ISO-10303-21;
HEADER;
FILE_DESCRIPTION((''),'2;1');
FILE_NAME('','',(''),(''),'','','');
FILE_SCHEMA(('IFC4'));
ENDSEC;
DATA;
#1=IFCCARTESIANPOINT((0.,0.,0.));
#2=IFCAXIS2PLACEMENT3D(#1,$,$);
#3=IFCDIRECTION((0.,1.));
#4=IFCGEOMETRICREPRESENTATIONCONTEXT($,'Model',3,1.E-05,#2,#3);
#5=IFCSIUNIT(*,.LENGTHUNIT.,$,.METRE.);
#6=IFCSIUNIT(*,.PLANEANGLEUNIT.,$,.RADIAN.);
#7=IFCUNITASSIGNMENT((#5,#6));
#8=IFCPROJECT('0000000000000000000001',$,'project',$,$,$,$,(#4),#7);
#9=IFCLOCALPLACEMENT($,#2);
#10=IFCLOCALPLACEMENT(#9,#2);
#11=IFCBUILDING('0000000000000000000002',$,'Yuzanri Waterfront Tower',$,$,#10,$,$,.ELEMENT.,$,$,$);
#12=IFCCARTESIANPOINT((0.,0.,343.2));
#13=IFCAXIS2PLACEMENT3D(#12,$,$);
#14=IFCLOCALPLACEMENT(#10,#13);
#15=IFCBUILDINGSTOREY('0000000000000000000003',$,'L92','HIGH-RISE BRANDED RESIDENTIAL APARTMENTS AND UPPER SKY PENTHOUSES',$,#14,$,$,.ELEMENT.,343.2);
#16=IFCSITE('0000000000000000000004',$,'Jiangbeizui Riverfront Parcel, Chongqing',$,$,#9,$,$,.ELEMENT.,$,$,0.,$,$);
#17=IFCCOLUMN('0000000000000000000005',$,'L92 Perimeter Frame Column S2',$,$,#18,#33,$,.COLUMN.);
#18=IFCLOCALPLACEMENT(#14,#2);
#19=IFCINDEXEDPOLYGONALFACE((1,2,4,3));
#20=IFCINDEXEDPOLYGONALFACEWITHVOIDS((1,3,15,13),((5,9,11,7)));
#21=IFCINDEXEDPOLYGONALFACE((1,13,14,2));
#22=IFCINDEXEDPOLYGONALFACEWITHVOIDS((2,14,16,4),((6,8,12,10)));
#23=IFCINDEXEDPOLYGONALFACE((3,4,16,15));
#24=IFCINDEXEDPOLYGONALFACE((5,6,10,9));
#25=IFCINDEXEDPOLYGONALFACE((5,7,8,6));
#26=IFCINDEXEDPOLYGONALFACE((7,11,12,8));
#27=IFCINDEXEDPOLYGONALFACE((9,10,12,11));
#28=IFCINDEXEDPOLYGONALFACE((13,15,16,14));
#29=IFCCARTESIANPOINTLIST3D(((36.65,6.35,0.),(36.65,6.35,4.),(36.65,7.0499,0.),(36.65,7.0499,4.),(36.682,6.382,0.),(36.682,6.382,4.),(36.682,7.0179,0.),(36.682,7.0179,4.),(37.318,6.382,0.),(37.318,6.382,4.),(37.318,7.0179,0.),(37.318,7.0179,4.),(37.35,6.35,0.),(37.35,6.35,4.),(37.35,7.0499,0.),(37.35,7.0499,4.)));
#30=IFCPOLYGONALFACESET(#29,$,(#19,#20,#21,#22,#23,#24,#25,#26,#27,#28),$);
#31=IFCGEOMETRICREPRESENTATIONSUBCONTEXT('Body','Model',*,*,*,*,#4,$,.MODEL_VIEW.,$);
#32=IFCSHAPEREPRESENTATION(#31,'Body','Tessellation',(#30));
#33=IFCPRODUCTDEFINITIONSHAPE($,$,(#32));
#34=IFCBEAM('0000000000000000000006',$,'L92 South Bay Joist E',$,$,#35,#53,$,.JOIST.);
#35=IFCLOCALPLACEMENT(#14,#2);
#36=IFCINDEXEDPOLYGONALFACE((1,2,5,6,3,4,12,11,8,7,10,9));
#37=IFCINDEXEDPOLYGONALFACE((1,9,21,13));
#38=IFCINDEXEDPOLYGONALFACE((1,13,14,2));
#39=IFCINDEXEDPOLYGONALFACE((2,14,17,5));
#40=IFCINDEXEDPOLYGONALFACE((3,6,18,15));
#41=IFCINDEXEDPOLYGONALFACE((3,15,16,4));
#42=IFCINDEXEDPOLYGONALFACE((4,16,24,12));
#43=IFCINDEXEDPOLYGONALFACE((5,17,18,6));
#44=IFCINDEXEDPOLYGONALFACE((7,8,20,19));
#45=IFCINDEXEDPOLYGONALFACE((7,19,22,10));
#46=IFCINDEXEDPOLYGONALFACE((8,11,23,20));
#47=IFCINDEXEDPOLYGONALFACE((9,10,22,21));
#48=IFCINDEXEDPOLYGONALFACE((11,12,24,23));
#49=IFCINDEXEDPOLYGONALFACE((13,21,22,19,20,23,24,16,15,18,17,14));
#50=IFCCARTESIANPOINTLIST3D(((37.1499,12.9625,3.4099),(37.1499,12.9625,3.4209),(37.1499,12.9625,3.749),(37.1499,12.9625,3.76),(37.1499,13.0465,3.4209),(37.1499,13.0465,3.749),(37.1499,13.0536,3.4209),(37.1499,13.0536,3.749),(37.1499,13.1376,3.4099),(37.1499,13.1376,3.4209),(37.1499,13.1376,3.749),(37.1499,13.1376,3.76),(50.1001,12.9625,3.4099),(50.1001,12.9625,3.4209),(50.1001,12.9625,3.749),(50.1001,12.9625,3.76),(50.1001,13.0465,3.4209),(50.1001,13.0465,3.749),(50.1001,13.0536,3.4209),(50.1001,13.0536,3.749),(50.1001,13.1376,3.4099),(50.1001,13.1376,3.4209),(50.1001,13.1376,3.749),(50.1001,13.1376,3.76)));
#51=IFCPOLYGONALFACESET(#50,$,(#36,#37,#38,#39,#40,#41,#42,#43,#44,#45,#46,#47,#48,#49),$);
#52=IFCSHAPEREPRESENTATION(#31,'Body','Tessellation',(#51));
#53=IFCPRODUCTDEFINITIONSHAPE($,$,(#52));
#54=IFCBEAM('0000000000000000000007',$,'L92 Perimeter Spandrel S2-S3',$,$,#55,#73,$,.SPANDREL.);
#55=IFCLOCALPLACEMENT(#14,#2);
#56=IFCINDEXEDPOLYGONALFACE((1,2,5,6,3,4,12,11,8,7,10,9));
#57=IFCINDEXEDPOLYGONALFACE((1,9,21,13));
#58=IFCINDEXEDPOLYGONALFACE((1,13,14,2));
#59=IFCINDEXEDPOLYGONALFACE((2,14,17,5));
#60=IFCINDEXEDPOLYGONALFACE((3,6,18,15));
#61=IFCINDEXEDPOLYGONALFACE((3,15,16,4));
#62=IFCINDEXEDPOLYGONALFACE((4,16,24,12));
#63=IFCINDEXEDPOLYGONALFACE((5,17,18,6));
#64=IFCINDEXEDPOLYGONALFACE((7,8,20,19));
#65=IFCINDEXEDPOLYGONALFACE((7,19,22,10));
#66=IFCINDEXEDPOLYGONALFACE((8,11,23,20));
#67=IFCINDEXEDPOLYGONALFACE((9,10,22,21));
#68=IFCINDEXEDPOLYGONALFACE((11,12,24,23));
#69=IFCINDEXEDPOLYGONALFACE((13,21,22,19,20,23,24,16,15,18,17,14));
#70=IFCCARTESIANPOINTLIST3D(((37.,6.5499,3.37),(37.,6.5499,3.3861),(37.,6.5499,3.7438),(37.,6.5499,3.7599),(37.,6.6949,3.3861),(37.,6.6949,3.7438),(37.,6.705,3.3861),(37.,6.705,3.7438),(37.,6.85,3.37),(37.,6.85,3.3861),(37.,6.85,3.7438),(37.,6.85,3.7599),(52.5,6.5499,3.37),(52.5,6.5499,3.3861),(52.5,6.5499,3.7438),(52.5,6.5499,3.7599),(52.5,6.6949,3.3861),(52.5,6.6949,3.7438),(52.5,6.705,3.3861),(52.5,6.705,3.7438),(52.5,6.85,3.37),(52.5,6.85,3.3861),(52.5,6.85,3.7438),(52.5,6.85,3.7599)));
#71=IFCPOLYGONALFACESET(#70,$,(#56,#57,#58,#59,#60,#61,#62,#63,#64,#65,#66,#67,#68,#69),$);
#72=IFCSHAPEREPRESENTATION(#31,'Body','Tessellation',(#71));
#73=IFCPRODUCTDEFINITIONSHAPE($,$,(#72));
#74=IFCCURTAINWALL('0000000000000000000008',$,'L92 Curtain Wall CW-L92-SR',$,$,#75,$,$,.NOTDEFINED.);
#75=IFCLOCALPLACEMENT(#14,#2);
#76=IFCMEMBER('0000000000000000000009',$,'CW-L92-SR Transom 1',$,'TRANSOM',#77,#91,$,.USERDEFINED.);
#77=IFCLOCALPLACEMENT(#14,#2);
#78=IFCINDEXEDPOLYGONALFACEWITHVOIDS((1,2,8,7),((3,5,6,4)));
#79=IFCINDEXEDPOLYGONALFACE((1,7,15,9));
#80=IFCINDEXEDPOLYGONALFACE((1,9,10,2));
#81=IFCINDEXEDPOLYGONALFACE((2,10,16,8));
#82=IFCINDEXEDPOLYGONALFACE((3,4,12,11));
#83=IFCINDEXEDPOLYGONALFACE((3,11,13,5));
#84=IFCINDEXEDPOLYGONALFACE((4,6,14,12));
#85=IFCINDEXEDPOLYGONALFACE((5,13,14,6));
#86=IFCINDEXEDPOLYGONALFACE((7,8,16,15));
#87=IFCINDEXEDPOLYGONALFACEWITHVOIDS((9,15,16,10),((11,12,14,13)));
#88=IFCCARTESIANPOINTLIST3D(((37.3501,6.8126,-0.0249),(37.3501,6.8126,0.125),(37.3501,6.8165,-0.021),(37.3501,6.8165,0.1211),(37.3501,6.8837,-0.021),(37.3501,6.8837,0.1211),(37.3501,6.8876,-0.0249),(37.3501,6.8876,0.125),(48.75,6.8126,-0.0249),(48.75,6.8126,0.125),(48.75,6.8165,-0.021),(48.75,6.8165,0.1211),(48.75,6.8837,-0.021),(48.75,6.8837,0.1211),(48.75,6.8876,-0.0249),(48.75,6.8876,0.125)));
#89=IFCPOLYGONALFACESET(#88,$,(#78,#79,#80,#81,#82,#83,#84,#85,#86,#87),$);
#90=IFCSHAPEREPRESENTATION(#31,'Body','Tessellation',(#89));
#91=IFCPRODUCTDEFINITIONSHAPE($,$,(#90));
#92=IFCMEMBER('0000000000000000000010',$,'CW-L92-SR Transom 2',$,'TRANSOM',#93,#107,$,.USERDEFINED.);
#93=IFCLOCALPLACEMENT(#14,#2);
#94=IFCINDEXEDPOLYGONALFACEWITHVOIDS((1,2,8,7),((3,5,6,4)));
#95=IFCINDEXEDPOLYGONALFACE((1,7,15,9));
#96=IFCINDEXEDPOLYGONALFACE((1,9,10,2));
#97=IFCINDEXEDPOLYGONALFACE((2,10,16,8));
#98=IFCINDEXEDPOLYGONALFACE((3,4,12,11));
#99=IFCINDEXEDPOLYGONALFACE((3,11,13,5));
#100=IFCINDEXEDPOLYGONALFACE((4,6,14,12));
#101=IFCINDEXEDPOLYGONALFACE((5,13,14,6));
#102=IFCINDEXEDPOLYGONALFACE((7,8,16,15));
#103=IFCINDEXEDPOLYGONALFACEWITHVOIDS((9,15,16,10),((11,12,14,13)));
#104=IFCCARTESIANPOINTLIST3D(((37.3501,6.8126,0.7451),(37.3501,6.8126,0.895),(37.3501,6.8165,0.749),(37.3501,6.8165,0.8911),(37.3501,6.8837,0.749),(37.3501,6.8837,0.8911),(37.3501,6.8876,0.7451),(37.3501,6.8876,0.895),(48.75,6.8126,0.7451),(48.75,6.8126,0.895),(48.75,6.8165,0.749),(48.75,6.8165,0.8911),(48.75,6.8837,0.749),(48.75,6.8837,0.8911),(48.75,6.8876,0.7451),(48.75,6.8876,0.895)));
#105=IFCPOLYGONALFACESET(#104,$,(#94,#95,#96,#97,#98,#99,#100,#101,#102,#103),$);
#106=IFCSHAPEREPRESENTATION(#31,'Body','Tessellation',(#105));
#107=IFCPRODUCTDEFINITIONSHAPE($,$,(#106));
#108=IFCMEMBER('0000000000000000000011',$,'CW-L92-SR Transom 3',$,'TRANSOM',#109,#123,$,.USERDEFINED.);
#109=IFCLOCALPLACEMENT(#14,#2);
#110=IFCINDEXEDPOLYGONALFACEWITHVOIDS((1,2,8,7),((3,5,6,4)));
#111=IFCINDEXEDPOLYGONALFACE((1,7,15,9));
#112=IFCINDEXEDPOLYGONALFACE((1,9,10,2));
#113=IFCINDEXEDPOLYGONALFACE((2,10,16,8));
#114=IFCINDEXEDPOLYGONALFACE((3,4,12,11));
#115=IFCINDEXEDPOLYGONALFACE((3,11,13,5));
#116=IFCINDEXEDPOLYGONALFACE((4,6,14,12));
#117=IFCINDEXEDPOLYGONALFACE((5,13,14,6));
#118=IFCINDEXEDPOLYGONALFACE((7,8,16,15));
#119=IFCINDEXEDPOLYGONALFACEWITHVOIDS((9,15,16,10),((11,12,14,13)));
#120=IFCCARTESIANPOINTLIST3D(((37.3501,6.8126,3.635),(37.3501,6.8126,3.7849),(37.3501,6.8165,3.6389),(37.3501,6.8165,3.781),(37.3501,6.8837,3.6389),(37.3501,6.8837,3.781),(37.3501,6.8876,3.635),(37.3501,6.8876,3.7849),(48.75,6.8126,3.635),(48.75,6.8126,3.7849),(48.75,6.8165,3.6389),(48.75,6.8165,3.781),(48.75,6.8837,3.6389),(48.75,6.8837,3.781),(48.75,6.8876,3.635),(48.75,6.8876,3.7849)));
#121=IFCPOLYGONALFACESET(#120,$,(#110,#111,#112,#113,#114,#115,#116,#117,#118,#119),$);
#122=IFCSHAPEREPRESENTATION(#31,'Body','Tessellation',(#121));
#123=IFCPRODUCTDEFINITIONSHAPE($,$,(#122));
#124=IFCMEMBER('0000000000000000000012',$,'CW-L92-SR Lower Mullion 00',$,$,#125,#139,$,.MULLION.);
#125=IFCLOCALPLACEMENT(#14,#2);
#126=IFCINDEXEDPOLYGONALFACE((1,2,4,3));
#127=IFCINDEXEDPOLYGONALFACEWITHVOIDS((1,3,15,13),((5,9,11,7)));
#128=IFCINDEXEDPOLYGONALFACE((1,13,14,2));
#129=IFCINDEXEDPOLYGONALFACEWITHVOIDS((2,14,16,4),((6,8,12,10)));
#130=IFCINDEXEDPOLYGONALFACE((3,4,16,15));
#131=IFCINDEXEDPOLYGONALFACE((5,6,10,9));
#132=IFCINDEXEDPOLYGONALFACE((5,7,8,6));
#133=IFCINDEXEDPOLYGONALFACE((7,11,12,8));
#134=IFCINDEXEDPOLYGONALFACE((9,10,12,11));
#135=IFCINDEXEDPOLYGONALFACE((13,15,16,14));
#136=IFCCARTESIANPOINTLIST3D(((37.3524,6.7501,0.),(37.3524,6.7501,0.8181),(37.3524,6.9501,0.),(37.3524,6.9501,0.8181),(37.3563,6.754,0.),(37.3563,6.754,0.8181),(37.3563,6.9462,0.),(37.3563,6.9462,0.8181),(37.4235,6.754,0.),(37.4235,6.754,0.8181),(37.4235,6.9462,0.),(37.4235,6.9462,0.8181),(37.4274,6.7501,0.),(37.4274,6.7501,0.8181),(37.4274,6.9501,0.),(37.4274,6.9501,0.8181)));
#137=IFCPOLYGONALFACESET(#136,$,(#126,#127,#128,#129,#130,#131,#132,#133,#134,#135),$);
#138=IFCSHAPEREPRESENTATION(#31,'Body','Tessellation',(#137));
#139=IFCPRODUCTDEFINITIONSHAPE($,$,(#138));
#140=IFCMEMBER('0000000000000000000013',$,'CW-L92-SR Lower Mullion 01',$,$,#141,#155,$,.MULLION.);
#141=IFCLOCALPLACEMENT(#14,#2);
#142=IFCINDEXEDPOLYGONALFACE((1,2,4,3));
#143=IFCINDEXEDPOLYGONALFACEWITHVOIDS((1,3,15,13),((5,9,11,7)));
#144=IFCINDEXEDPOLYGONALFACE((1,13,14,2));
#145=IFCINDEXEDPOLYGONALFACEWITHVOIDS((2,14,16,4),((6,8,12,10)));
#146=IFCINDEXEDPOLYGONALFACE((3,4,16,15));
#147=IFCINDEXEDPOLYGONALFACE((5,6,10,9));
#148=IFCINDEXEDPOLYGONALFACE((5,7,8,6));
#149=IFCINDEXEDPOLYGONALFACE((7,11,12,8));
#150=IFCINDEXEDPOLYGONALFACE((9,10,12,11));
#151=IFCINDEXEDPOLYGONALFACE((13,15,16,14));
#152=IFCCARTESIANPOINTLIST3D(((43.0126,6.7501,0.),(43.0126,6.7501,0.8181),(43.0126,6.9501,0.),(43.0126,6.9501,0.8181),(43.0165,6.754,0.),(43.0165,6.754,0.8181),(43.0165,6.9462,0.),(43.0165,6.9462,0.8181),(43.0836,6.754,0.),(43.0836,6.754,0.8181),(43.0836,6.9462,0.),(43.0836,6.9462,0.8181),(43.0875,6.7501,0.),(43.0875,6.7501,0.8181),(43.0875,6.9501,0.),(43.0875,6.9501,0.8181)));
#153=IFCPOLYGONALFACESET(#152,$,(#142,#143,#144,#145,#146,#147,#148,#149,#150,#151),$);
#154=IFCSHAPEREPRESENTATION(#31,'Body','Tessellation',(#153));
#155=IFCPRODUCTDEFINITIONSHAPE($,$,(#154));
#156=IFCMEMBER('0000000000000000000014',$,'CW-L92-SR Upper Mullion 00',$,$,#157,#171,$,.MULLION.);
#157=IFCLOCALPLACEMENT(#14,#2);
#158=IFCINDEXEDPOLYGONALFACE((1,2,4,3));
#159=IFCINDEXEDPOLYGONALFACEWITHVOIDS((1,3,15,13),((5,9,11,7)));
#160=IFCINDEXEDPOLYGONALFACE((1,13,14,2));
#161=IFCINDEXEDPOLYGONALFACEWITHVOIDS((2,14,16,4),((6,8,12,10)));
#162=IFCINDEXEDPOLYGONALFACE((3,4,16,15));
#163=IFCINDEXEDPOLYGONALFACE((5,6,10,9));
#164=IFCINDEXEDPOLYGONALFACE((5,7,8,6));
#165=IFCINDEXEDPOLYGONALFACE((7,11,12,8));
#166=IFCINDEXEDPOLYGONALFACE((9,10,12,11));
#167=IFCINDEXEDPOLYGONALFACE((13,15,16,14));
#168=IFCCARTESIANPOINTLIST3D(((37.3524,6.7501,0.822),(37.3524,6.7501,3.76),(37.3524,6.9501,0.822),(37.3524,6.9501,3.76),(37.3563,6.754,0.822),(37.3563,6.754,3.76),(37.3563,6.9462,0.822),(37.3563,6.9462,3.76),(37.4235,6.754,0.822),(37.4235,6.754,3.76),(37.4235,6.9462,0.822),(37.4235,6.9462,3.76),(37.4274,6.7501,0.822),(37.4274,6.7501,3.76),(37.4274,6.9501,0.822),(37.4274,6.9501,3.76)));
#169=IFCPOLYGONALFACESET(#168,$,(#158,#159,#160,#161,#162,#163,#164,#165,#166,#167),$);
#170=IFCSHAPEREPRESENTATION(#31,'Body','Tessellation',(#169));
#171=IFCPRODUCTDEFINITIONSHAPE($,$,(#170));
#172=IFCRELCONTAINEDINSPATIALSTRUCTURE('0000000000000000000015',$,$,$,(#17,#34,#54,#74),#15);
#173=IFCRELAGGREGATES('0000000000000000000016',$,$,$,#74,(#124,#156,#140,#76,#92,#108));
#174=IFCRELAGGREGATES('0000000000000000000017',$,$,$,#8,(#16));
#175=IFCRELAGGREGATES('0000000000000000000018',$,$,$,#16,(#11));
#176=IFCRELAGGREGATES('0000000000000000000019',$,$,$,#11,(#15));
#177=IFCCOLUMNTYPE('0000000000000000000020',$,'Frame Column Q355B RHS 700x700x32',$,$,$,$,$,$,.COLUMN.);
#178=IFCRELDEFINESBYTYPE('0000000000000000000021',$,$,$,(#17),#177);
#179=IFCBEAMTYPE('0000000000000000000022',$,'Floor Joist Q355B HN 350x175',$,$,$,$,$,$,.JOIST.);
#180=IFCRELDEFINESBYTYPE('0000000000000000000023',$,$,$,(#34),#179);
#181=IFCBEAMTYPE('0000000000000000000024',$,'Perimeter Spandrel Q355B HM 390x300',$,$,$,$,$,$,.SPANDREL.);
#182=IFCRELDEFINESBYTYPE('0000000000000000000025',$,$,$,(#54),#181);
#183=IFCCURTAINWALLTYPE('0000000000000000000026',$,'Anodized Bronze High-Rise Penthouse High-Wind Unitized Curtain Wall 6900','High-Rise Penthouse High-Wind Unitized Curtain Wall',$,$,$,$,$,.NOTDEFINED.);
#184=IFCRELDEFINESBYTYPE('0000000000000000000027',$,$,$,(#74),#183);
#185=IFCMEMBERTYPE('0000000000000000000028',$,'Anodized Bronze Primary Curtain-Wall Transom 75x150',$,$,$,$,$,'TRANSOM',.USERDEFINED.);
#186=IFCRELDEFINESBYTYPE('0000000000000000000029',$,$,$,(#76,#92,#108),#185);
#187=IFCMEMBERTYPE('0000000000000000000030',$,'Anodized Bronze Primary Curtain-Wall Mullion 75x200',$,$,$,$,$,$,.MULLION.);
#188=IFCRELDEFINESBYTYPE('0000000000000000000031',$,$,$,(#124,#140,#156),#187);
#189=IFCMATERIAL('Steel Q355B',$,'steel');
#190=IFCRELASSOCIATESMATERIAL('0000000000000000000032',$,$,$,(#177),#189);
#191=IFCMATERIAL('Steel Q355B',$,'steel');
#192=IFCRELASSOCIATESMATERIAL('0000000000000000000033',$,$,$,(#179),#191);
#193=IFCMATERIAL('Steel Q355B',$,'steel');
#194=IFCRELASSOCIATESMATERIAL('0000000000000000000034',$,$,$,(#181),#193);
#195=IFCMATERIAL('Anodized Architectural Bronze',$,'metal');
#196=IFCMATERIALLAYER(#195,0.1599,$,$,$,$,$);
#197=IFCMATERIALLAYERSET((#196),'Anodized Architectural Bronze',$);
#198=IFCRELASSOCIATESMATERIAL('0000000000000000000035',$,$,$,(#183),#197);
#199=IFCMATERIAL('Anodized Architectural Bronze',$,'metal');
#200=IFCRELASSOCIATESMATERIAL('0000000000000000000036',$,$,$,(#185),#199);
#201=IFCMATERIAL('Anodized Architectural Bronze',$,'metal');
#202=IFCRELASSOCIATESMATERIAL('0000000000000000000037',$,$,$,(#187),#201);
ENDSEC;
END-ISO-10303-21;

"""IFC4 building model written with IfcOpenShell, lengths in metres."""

from ifc_helpers import new_model, si_unit, direction, frame, origin, origin_2d, place, context, subcontext, project, spatial, hollow_rectangle, i_section, extrude, source, transform, mapped, material, layer, layer_set, material_profile, profile_set, type_object, element, aggregate, save


model = new_model("IFC4")

# Units and contexts
model_context = context("Model", 3, precision=1e-05, world=origin(), true_north=direction((0.0, 1.0)))
body_context = subcontext(model_context, "Body", "Model", "MODEL_VIEW")
ifc_project = project(units=[si_unit("LENGTHUNIT", "METRE"), si_unit("PLANEANGLEUNIT", "RADIAN")], contexts=[model_context])

# Site, building, storey
site_placement = place(None, origin())
site = spatial("IfcSite", under=ifc_project, at=site_placement, Name="Jiangbeizui Riverfront Parcel, Chongqing", CompositionType="ELEMENT", RefElevation=0.0)
building_placement = place(site_placement, origin())
building = spatial("IfcBuilding", under=site, at=building_placement, Name="Yuzanri Waterfront Tower", CompositionType="ELEMENT")
storey_placement = place(building_placement, frame((0.0, 0.0, 343.2)))
storey = spatial("IfcBuildingStorey", under=building, at=storey_placement, Name="L92", Description="HIGH-RISE BRANDED RESIDENTIAL APARTMENTS AND UPPER SKY PENTHOUSES", CompositionType="ELEMENT", Elevation=343.2)

# Column
ifc_material_1 = material(Name="Steel Q355B", Category="steel")
ifc_material_profile_1 = material_profile(ifc_material_1, hollow_rectangle(XDim=0.7, YDim=0.7, WallThickness=0.032, at=origin_2d()), Name="RHS 700x700x32")
ifc_profile_set_1 = profile_set([ifc_material_profile_1], Name="Steel Q355B")
column_type = type_object("IfcColumnType", Name="Frame Column Q355B RHS 700x700x32", PredefinedType="COLUMN", material=ifc_profile_set_1)
shared_shape_1 = source(origin(), body_context, "Body", "SweptSolid", [
    extrude(hollow_rectangle(XDim=0.7, YDim=0.7, WallThickness=0.032, at=origin_2d()), origin(), (0.0, 0.0, 1.0), 4.0),
])
column_placement = place(storey_placement, frame((37.0, 6.7, 0.0), z_axis=(0.0, 0.0, 1.0), x_axis=(1.0, 0.0, 0.0)))
element("IfcColumn", 1, at=column_placement, inside=storey, type_object=column_type, Name="L92 Perimeter Frame Column S2", PredefinedType="COLUMN", context=body_context, shape_type="MappedRepresentation", body=[
    mapped(shared_shape_1, transform((0.0, 0.0, 0.0), scale=1.0)),
])

# Beams
ifc_material_2 = material(Name="Steel Q355B", Category="steel")
ifc_material_profile_2 = material_profile(ifc_material_2, i_section(OverallWidth=0.175, OverallDepth=0.3501, WebThickness=0.0071, FlangeThickness=0.011, at=origin_2d()), Name="HN 350x175x7x11")
ifc_profile_set_2 = profile_set([ifc_material_profile_2], Name="Steel Q355B")
beam_type_1 = type_object("IfcBeamType", Name="Floor Joist Q355B HN 350x175", PredefinedType="JOIST", material=ifc_profile_set_2)
shared_shape_2 = source(origin(), body_context, "Body", "SweptSolid", [
    extrude(i_section(OverallWidth=0.175, OverallDepth=0.3501, WebThickness=0.0071, FlangeThickness=0.011, at=origin_2d()), origin(), (0.0, 0.0, 1.0), 12.9502),
])
beam_1_placement = place(storey_placement, frame((37.1499, 13.05, 3.585), z_axis=(1.0, 0.0, 0.0), x_axis=(0.0, 1.0, 0.0)))
element("IfcBeam", 2, at=beam_1_placement, inside=storey, type_object=beam_type_1, Name="L92 South Bay Joist E", PredefinedType="JOIST", context=body_context, shape_type="MappedRepresentation", body=[
    mapped(shared_shape_2, transform((0.0, 0.0, 0.0), scale=1.0)),
])
ifc_material_3 = material(Name="Steel Q355B", Category="steel")
ifc_material_profile_3 = material_profile(ifc_material_3, i_section(OverallWidth=0.3, OverallDepth=0.3899, WebThickness=0.01, FlangeThickness=0.0161, at=origin_2d()), Name="HM 390x300x10x16")
ifc_profile_set_3 = profile_set([ifc_material_profile_3], Name="Steel Q355B")
beam_type_2 = type_object("IfcBeamType", Name="Perimeter Spandrel Q355B HM 390x300", PredefinedType="SPANDREL", material=ifc_profile_set_3)
shared_shape_3 = source(origin(), body_context, "Body", "SweptSolid", [
    extrude(i_section(OverallWidth=0.3, OverallDepth=0.3899, WebThickness=0.01, FlangeThickness=0.0161, at=origin_2d()), origin(), (0.0, 0.0, 1.0), 15.5),
])
beam_2_placement = place(storey_placement, frame((37.0, 6.7, 3.5649), z_axis=(1.0, 0.0, 0.0), x_axis=(0.0, 1.0, 0.0)))
element("IfcBeam", 3, at=beam_2_placement, inside=storey, type_object=beam_type_2, Name="L92 Perimeter Spandrel S2-S3", PredefinedType="SPANDREL", context=body_context, shape_type="MappedRepresentation", body=[
    mapped(shared_shape_3, transform((0.0, 0.0, 0.0), scale=1.0)),
])

# Curtain wall, members
ifc_material_4 = material(Name="Anodized Architectural Bronze", Category="metal")
ifc_layer_1 = layer(ifc_material_4, 0.1599)
ifc_layer_set_1 = layer_set([ifc_layer_1], Name="Anodized Architectural Bronze")
curtain_wall_type = type_object("IfcCurtainWallType", Name="Anodized Bronze High-Rise Penthouse High-Wind Unitized Curtain Wall 6900", Description="High-Rise Penthouse High-Wind Unitized Curtain Wall", PredefinedType="NOTDEFINED", material=ifc_layer_set_1)
curtain_wall_placement = place(storey_placement, origin())
curtain_wall = element("IfcCurtainWall", 4, at=curtain_wall_placement, inside=storey, type_object=curtain_wall_type, Name="L92 Curtain Wall CW-L92-SR", PredefinedType="NOTDEFINED")
ifc_material_5 = material(Name="Anodized Architectural Bronze", Category="metal")
ifc_material_profile_4 = material_profile(ifc_material_5, hollow_rectangle(XDim=0.075, YDim=0.1499, WallThickness=0.0039, at=origin_2d()), Name="CWT 75x150")
ifc_profile_set_4 = profile_set([ifc_material_profile_4], Name="Anodized Architectural Bronze")
member_type_1 = type_object("IfcMemberType", Name="Anodized Bronze Primary Curtain-Wall Transom 75x150", ElementType="TRANSOM", PredefinedType="USERDEFINED", material=ifc_profile_set_4)
shared_shape_4 = source(origin(), body_context, "Body", "SweptSolid", [
    extrude(hollow_rectangle(XDim=0.075, YDim=0.1499, WallThickness=0.0039, at=origin_2d()), origin(), (0.0, 0.0, 1.0), 11.3999),
])
member_1_placement = place(storey_placement, frame((37.3501, 6.8501, 0.05), z_axis=(1.0, 0.0, 0.0), x_axis=(0.0, 1.0, 0.0)))
member_1 = element("IfcMember", 5, at=member_1_placement, type_object=member_type_1, Name="CW-L92-SR Transom 1", ObjectType="TRANSOM", PredefinedType="USERDEFINED", context=body_context, shape_type="MappedRepresentation", body=[
    mapped(shared_shape_4, transform((0.0, 0.0, 0.0), scale=1.0)),
])
member_2_placement = place(storey_placement, frame((37.3501, 6.8501, 0.8201), z_axis=(1.0, 0.0, 0.0), x_axis=(0.0, 1.0, 0.0)))
member_2 = element("IfcMember", 6, at=member_2_placement, type_object=member_type_1, Name="CW-L92-SR Transom 2", ObjectType="TRANSOM", PredefinedType="USERDEFINED", context=body_context, shape_type="MappedRepresentation", body=[
    mapped(shared_shape_4, transform((0.0, 0.0, 0.0), scale=1.0)),
])
member_3_placement = place(storey_placement, frame((37.3501, 6.8501, 3.71), z_axis=(1.0, 0.0, 0.0), x_axis=(0.0, 1.0, 0.0)))
member_3 = element("IfcMember", 7, at=member_3_placement, type_object=member_type_1, Name="CW-L92-SR Transom 3", ObjectType="TRANSOM", PredefinedType="USERDEFINED", context=body_context, shape_type="MappedRepresentation", body=[
    mapped(shared_shape_4, transform((0.0, 0.0, 0.0), scale=1.0)),
])
ifc_material_6 = material(Name="Anodized Architectural Bronze", Category="metal")
ifc_material_profile_5 = material_profile(ifc_material_6, hollow_rectangle(XDim=0.075, YDim=0.2, WallThickness=0.0039, at=origin_2d()), Name="CWM 75x200")
ifc_profile_set_5 = profile_set([ifc_material_profile_5], Name="Anodized Architectural Bronze")
member_type_2 = type_object("IfcMemberType", Name="Anodized Bronze Primary Curtain-Wall Mullion 75x200", PredefinedType="MULLION", material=ifc_profile_set_5)
shared_shape_5 = source(origin(), body_context, "Body", "SweptSolid", [
    extrude(hollow_rectangle(XDim=0.075, YDim=0.2, WallThickness=0.0039, at=origin_2d()), origin(), (0.0, 0.0, 1.0), 0.8181),
])
member_4_placement = place(storey_placement, frame((37.3899, 6.8501, 0.0), z_axis=(0.0, 0.0, 1.0), x_axis=(1.0, 0.0, 0.0)))
member_4 = element("IfcMember", 8, at=member_4_placement, type_object=member_type_2, Name="CW-L92-SR Lower Mullion 00", PredefinedType="MULLION", context=body_context, shape_type="MappedRepresentation", body=[
    mapped(shared_shape_5, transform((0.0, 0.0, 0.0), scale=1.0)),
])
member_5_placement = place(storey_placement, frame((43.05, 6.8501, 0.0), z_axis=(0.0, 0.0, 1.0), x_axis=(1.0, 0.0, 0.0)))
member_5 = element("IfcMember", 9, at=member_5_placement, type_object=member_type_2, Name="CW-L92-SR Lower Mullion 01", PredefinedType="MULLION", context=body_context, shape_type="MappedRepresentation", body=[
    mapped(shared_shape_5, transform((0.0, 0.0, 0.0), scale=1.0)),
])
shared_shape_6 = source(origin(), body_context, "Body", "SweptSolid", [
    extrude(hollow_rectangle(XDim=0.075, YDim=0.2, WallThickness=0.0039, at=origin_2d()), origin(), (0.0, 0.0, 1.0), 2.938),
])
member_6_placement = place(storey_placement, frame((37.3899, 6.8501, 0.822), z_axis=(0.0, 0.0, 1.0), x_axis=(1.0, 0.0, 0.0)))
member_6 = element("IfcMember", 10, at=member_6_placement, type_object=member_type_2, Name="CW-L92-SR Upper Mullion 00", PredefinedType="MULLION", context=body_context, shape_type="MappedRepresentation", body=[
    mapped(shared_shape_6, transform((0.0, 0.0, 0.0), scale=1.0)),
])
aggregate(curtain_wall, [member_4, member_6, member_5, member_1, member_2, member_3])

save(model, "model.ifc")
